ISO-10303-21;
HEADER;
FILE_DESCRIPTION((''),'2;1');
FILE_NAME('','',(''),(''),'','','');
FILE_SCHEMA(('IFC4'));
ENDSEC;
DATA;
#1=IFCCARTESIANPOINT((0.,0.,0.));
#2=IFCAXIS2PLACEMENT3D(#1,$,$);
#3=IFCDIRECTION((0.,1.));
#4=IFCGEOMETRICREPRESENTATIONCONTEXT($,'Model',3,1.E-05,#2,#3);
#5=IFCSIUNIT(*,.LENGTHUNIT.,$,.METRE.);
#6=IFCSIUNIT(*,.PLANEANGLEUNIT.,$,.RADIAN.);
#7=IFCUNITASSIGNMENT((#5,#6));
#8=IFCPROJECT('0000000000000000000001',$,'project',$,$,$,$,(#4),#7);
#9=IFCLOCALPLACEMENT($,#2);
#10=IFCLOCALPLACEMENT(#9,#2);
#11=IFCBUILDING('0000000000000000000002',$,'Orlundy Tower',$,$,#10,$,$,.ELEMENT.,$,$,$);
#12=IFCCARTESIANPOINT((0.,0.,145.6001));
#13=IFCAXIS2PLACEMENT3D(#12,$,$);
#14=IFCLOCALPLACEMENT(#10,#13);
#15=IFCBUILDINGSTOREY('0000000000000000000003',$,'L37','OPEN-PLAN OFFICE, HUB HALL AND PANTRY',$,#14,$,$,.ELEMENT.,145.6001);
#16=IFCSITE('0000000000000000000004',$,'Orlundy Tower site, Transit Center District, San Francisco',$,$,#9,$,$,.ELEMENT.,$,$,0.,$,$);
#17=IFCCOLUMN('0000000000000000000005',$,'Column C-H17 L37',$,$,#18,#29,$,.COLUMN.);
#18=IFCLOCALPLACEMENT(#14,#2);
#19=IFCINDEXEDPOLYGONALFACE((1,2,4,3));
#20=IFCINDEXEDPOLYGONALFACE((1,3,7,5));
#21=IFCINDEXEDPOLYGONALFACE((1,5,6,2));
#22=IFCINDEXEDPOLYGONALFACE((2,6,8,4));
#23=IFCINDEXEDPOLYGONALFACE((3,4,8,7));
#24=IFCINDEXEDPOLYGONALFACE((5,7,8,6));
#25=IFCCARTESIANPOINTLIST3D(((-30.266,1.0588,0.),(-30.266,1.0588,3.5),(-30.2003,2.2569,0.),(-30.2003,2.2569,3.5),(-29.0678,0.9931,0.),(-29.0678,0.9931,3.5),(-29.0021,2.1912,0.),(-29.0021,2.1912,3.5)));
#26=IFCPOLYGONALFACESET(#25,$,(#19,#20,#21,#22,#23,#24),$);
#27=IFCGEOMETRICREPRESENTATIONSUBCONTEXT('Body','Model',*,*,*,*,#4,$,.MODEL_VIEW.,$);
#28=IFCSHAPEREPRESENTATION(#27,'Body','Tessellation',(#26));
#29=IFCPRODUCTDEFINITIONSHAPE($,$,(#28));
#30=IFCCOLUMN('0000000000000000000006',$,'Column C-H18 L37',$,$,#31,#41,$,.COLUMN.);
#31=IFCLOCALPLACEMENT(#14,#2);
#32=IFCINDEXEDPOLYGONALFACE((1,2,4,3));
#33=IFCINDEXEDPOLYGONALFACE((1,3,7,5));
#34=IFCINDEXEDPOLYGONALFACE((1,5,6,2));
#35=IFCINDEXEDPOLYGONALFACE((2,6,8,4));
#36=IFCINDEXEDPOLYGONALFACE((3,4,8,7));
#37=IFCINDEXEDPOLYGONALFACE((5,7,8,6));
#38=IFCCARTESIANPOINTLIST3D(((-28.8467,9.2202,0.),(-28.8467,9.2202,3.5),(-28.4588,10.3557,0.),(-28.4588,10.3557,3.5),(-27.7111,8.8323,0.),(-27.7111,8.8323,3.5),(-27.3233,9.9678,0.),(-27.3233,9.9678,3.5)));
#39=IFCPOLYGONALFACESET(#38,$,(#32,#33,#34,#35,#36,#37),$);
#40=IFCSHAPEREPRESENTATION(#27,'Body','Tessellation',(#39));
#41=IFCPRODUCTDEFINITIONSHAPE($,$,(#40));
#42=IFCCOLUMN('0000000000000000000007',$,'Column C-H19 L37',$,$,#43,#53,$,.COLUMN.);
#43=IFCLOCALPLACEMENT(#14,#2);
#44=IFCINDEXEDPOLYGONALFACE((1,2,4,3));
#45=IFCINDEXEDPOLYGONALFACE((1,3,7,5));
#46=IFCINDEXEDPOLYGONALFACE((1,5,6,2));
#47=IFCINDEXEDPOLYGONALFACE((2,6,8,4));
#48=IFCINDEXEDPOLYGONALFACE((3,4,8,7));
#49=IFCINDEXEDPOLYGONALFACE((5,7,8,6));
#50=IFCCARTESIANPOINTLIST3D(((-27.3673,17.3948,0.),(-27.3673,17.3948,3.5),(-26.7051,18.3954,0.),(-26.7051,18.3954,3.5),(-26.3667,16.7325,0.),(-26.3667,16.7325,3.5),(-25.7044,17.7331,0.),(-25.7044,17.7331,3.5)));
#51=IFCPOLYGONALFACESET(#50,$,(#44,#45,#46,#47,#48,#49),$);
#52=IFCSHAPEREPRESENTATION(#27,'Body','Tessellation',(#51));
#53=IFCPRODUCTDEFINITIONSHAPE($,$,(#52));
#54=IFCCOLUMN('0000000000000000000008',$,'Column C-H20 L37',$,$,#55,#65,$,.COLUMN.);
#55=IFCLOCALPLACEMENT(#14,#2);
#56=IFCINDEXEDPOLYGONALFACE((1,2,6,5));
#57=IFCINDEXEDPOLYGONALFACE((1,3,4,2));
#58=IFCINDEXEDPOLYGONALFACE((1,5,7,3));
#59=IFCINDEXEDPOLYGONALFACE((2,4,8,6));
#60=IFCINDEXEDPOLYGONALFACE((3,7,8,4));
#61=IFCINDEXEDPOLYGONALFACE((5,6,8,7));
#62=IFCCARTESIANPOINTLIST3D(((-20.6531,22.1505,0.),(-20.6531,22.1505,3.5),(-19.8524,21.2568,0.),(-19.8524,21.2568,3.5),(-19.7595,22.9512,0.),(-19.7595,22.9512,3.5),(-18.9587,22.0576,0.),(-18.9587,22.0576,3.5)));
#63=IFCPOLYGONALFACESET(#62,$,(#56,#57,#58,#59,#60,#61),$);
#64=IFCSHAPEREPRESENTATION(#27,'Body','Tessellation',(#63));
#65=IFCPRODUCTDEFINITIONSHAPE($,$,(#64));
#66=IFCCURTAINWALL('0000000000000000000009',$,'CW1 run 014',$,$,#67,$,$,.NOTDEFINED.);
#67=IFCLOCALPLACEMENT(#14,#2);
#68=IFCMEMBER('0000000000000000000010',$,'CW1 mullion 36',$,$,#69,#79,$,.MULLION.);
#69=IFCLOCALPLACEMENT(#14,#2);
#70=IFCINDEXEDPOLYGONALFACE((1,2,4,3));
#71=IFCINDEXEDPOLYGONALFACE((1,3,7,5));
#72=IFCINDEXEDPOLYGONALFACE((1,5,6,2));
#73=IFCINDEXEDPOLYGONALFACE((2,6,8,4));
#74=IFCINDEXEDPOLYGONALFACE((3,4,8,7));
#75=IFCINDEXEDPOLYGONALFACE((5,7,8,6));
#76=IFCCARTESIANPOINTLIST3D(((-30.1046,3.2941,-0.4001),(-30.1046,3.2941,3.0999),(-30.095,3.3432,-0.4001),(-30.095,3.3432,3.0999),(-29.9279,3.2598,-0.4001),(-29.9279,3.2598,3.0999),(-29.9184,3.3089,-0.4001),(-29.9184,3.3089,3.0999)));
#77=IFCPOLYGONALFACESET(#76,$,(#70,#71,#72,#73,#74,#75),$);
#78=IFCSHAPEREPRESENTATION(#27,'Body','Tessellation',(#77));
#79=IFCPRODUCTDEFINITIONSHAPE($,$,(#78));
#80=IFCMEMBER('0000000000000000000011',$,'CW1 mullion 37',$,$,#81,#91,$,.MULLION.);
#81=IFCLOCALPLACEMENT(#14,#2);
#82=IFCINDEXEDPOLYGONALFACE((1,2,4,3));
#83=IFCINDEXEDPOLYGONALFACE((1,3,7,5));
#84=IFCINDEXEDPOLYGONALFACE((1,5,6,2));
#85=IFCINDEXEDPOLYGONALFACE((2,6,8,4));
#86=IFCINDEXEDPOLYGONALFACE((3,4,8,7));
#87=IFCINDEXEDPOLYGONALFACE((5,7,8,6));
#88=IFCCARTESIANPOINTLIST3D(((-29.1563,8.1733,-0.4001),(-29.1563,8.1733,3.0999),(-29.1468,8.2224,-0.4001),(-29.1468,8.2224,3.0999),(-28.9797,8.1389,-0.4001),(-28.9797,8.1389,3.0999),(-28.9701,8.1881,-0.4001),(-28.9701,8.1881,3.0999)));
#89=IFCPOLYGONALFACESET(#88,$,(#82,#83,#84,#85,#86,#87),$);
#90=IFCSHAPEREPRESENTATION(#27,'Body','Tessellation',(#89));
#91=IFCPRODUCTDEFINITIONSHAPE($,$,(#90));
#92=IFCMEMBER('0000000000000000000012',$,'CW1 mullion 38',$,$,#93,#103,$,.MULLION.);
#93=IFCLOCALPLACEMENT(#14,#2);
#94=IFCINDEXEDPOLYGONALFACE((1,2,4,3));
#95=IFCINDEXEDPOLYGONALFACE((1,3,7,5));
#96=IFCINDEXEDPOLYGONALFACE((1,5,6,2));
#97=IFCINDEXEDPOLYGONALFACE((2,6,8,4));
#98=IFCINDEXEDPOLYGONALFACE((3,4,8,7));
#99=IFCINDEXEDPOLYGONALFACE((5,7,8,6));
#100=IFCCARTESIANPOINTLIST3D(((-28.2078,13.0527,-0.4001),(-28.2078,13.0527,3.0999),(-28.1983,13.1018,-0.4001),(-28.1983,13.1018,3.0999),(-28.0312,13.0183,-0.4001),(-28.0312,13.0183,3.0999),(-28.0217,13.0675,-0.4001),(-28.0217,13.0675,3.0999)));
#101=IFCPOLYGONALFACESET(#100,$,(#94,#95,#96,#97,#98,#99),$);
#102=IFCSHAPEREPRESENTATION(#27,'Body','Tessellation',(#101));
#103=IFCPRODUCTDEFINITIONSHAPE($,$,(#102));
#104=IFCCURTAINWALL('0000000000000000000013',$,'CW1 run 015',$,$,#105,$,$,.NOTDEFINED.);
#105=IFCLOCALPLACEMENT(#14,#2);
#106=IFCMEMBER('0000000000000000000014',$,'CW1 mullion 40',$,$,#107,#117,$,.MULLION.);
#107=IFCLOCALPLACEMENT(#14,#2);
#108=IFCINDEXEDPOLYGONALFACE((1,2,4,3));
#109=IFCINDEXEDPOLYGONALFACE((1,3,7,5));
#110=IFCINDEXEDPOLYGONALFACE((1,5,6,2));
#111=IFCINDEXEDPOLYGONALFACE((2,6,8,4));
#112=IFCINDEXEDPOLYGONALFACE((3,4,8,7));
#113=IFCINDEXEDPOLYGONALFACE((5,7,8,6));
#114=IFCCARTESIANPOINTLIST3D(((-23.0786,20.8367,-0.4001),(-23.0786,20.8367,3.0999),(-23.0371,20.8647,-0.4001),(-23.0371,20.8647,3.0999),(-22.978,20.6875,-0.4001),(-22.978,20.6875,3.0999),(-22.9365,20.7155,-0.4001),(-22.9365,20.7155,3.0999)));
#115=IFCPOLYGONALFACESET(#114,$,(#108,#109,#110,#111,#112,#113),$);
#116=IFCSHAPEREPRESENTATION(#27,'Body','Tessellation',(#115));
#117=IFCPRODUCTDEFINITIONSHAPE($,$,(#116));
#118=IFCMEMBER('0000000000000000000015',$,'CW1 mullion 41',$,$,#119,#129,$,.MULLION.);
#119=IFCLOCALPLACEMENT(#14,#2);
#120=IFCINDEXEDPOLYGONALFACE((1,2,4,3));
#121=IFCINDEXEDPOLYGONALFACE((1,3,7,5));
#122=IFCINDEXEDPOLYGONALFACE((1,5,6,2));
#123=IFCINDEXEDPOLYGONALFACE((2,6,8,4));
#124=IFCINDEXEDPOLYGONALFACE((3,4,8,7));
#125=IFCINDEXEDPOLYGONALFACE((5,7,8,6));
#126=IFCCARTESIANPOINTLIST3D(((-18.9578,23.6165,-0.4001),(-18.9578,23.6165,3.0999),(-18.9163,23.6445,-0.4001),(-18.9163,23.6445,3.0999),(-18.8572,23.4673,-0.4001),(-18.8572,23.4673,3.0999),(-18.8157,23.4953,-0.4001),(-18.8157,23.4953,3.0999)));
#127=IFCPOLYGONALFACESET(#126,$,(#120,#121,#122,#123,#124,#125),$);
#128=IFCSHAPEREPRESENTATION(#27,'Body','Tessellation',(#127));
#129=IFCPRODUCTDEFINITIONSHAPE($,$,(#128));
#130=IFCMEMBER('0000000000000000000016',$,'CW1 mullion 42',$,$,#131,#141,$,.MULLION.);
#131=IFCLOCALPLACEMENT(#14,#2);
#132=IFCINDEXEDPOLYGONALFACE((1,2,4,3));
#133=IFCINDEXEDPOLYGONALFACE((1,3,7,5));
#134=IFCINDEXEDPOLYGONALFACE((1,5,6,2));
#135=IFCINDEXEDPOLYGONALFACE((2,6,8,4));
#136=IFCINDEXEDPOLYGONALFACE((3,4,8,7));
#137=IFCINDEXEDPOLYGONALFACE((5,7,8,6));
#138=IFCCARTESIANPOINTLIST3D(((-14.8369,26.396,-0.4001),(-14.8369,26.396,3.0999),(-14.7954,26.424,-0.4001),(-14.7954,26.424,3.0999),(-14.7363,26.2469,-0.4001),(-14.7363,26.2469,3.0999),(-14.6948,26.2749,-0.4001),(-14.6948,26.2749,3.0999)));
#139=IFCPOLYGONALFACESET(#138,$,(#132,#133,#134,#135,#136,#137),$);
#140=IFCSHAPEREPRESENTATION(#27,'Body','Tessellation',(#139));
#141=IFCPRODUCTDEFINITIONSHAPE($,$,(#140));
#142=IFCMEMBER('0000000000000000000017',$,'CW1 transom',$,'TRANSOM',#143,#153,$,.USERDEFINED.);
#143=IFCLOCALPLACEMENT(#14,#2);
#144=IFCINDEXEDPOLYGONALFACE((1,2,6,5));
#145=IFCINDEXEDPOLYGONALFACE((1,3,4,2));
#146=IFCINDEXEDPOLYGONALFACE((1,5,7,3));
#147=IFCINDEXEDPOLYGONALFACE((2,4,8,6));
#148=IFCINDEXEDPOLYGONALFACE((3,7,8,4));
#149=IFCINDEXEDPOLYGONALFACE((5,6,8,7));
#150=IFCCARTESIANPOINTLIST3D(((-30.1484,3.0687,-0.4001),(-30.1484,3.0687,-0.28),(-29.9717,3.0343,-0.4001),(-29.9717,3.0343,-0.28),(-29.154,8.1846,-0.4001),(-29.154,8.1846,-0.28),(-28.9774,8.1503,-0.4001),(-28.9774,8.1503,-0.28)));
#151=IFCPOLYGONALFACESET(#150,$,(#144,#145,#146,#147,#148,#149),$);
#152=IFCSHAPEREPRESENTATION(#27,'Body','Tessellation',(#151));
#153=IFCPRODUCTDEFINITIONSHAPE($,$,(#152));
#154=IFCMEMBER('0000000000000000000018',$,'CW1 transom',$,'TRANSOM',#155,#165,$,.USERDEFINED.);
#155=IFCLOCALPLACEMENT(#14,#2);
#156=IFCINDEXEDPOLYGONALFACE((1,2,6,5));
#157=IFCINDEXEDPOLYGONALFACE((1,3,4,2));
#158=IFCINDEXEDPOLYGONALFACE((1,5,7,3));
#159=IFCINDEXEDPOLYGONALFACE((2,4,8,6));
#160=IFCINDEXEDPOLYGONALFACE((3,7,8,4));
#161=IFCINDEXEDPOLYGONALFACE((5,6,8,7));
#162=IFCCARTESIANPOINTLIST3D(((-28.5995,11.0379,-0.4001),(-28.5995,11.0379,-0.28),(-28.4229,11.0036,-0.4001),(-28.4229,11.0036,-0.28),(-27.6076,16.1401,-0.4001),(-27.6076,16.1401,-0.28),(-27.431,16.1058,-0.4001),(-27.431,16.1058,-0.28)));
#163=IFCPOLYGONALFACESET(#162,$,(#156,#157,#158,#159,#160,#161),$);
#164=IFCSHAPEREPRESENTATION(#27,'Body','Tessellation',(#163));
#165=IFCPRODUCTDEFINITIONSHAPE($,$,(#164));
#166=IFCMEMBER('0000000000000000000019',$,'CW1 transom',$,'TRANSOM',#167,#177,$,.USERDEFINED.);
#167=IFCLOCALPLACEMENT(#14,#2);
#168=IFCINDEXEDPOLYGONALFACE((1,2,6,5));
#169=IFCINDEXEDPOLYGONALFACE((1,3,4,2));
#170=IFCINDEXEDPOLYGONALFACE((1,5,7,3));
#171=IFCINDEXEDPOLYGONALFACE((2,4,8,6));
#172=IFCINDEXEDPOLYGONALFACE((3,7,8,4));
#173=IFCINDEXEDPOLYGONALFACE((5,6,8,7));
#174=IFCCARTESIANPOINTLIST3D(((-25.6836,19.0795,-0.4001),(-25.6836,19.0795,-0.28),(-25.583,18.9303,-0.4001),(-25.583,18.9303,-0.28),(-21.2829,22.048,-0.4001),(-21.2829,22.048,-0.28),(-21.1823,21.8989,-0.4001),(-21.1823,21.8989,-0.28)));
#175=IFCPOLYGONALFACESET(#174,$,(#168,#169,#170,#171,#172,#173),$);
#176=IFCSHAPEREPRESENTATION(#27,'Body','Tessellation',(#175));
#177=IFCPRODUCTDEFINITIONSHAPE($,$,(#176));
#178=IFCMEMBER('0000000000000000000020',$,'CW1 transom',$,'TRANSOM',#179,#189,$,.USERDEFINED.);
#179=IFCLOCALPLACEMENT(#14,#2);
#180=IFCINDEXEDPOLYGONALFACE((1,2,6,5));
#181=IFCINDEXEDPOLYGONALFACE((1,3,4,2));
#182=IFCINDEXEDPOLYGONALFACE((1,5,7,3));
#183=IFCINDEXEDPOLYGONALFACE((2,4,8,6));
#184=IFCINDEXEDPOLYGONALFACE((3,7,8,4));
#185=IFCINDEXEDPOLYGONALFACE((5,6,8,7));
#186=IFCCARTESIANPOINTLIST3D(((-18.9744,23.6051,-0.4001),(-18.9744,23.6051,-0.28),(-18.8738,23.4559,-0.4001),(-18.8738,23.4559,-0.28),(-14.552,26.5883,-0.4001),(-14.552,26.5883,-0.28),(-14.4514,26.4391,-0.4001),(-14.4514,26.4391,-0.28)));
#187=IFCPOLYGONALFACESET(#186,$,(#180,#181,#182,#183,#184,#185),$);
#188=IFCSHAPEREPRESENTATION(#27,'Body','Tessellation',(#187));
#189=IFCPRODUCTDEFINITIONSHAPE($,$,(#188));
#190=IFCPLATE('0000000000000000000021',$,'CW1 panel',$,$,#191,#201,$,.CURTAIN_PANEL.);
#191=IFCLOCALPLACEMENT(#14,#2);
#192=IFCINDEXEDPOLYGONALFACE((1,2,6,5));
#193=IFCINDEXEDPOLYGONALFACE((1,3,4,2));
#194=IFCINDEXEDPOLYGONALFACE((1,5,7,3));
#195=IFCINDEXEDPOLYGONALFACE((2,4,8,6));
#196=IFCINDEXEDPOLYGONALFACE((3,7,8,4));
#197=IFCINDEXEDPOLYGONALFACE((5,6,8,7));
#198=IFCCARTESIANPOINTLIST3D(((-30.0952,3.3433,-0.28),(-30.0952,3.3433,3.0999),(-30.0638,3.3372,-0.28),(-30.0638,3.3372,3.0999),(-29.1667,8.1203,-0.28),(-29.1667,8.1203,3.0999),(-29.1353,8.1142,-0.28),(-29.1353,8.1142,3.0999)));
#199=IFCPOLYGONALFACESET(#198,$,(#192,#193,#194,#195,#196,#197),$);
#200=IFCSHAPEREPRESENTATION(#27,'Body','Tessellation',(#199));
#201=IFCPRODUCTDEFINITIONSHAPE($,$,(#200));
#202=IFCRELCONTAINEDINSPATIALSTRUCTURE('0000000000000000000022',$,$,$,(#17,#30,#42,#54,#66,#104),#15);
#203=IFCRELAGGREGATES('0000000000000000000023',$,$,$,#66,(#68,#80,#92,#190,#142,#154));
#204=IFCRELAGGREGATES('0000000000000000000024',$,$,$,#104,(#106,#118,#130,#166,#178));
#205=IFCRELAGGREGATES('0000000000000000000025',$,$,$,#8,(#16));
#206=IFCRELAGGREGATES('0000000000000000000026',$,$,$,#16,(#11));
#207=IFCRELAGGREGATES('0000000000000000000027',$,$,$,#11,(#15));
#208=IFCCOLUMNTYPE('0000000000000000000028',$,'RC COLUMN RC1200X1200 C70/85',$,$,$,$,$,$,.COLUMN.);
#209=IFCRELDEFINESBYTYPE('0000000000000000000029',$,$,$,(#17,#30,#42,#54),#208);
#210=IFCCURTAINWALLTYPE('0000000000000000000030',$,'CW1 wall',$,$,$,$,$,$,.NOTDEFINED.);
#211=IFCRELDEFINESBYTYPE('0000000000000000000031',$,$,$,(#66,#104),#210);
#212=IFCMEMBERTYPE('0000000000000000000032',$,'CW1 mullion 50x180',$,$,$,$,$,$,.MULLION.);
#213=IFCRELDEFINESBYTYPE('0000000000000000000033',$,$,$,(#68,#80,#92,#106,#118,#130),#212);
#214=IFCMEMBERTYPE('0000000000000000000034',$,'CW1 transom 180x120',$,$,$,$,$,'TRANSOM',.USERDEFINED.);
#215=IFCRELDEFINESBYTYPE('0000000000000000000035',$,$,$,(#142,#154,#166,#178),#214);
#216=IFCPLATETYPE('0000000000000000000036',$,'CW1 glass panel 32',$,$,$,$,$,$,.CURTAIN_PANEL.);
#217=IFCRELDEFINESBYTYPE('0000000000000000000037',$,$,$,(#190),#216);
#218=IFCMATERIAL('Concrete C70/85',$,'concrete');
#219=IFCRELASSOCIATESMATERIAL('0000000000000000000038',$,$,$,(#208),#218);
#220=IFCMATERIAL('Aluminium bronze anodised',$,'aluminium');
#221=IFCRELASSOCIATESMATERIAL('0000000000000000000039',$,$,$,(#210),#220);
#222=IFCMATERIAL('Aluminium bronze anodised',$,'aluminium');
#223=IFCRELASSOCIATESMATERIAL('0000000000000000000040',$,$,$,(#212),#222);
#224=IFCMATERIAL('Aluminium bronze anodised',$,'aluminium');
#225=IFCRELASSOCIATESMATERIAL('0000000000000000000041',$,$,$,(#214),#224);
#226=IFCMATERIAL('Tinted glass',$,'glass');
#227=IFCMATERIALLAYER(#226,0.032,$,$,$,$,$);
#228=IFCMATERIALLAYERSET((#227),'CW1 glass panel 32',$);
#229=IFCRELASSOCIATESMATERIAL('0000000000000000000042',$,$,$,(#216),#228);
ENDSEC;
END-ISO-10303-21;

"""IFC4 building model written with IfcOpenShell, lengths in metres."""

from ifc_helpers import new_model, si_unit, direction, frame, origin, origin_2d, place, context, subcontext, project, spatial, rectangle, extrude, material, layer, layer_set, material_profile, profile_set, type_object, element, aggregate, save


model = new_model("IFC4")

# Units and contexts
model_context = context("Model", 3, precision=1e-05, world=origin(), true_north=direction((0.0, 1.0)))
body_context = subcontext(model_context, "Body", "Model", "MODEL_VIEW")
ifc_project = project(units=[si_unit("LENGTHUNIT", "METRE"), si_unit("PLANEANGLEUNIT", "RADIAN")], contexts=[model_context])

# Site, building, storey
site_placement = place(None, origin())
site = spatial("IfcSite", under=ifc_project, at=site_placement, Name="Orlundy Tower site, Transit Center District, San Francisco", CompositionType="ELEMENT", RefElevation=0.0)
building_placement = place(site_placement, origin())
building = spatial("IfcBuilding", under=site, at=building_placement, Name="Orlundy Tower", CompositionType="ELEMENT")
storey_placement = place(building_placement, frame((0.0, 0.0, 145.6001)))
storey = spatial("IfcBuildingStorey", under=building, at=storey_placement, Name="L37", Description="OPEN-PLAN OFFICE, HUB HALL AND PANTRY", CompositionType="ELEMENT", Elevation=145.6001)

# Columns
ifc_material_1 = material(Name="Concrete C70/85", Category="concrete")
ifc_material_profile_1 = material_profile(ifc_material_1, rectangle(XDim=1.2, YDim=1.2, at=origin_2d()), Name="RC1200X1200")
ifc_profile_set_1 = profile_set([ifc_material_profile_1], Name="Concrete C70/85")
column_type = type_object("IfcColumnType", Name="RC COLUMN RC1200X1200 C70/85", PredefinedType="COLUMN", material=ifc_profile_set_1)
for number, where, z_axis, x_axis, name in (
    (1, (-29.634, 1.625, 0.0), (0.0, 0.0, 1.0), (-0.9985, 0.054758, 0.0), "Column C-H17 L37"),
    (2, (-28.085, 9.594, 0.0), (0.0, 0.0, 1.0), (-0.946311, 0.323257, 0.0), "Column C-H18 L37"),
    (3, (-26.5359, 17.564, 0.0), (0.0, 0.0, 1.0), (-0.833886, 0.551937, 0.0), "Column C-H19 L37"),
    (4, (-19.8059, 22.104, 0.0), (0.0, 0.0, 1.0), (-0.667339, 0.744754, 0.0), "Column C-H20 L37"),
):
    element("IfcColumn", number, at=place(storey_placement, frame(where, z_axis=z_axis, x_axis=x_axis)), inside=storey, type_object=column_type, Name=name, PredefinedType="COLUMN", context=body_context, shape_type="SweptSolid", body=[
        extrude(rectangle(XDim=1.2, YDim=1.2, at=origin_2d()), origin(), (0.0, 0.0, 1.0), 3.5),
    ])

# Curtain walls, members
ifc_material_2 = material(Name="Aluminium bronze anodised", Category="aluminium")
curtain_wall_type = type_object("IfcCurtainWallType", Name="CW1 wall", PredefinedType="NOTDEFINED", material=ifc_material_2)
curtain_wall_1_placement = place(storey_placement, origin())
curtain_wall_1 = element("IfcCurtainWall", 5, at=curtain_wall_1_placement, inside=storey, type_object=curtain_wall_type, Name="CW1 run 014", PredefinedType="NOTDEFINED")
ifc_material_3 = material(Name="Aluminium bronze anodised", Category="aluminium")
ifc_material_profile_2 = material_profile(ifc_material_3, rectangle(XDim=0.1799, YDim=0.05, at=origin_2d()), Name="CW1 mullion 50x180")
ifc_profile_set_2 = profile_set([ifc_material_profile_2], Name="Aluminium bronze anodised")
member_type_1 = type_object("IfcMemberType", Name="CW1 mullion 50x180", PredefinedType="MULLION", material=ifc_profile_set_2)
member_1_placement = place(storey_placement, frame((-30.0115, 3.3015, -0.4001), z_axis=(0.0, 0.0, 1.0), x_axis=(-0.981628, 0.190805, 0.0)))
member_1 = element("IfcMember", 6, at=member_1_placement, type_object=member_type_1, Name="CW1 mullion 36", PredefinedType="MULLION", context=body_context, shape_type="SweptSolid", body=[
    extrude(rectangle(XDim=0.1799, YDim=0.05, at=origin_2d()), origin(), (0.0, 0.0, 1.0), 3.5),
])
member_2_placement = place(storey_placement, frame((-29.0632, 8.1807, -0.4001), z_axis=(0.0, 0.0, 1.0), x_axis=(-0.981628, 0.190805, 0.0)))
member_2 = element("IfcMember", 7, at=member_2_placement, type_object=member_type_1, Name="CW1 mullion 37", PredefinedType="MULLION", context=body_context, shape_type="SweptSolid", body=[
    extrude(rectangle(XDim=0.1799, YDim=0.05, at=origin_2d()), origin(), (0.0, 0.0, 1.0), 3.5),
])
member_3_placement = place(storey_placement, frame((-28.1147, 13.0601, -0.4001), z_axis=(0.0, 0.0, 1.0), x_axis=(-0.981628, 0.190805, 0.0)))
member_3 = element("IfcMember", 8, at=member_3_placement, type_object=member_type_1, Name="CW1 mullion 38", PredefinedType="MULLION", context=body_context, shape_type="SweptSolid", body=[
    extrude(rectangle(XDim=0.1799, YDim=0.05, at=origin_2d()), origin(), (0.0, 0.0, 1.0), 3.5),
])
curtain_wall_2_placement = place(storey_placement, origin())
curtain_wall_2 = element("IfcCurtainWall", 9, at=curtain_wall_2_placement, inside=storey, type_object=curtain_wall_type, Name="CW1 run 015", PredefinedType="NOTDEFINED")
member_4_placement = place(storey_placement, frame((-23.0076, 20.7761, -0.4001), z_axis=(0.0, 0.0, 1.0), x_axis=(-0.559205, 0.82903, 0.0)))
member_4 = element("IfcMember", 10, at=member_4_placement, type_object=member_type_1, Name="CW1 mullion 40", PredefinedType="MULLION", context=body_context, shape_type="SweptSolid", body=[
    extrude(rectangle(XDim=0.1799, YDim=0.05, at=origin_2d()), origin(), (0.0, 0.0, 1.0), 3.5),
])
member_5_placement = place(storey_placement, frame((-18.8867, 23.5559, -0.4001), z_axis=(0.0, 0.0, 1.0), x_axis=(-0.559205, 0.82903, 0.0)))
member_5 = element("IfcMember", 11, at=member_5_placement, type_object=member_type_1, Name="CW1 mullion 41", PredefinedType="MULLION", context=body_context, shape_type="SweptSolid", body=[
    extrude(rectangle(XDim=0.1799, YDim=0.05, at=origin_2d()), origin(), (0.0, 0.0, 1.0), 3.5),
])
member_6_placement = place(storey_placement, frame((-14.7659, 26.3354, -0.4001), z_axis=(0.0, 0.0, 1.0), x_axis=(-0.559205, 0.82903, 0.0)))
member_6 = element("IfcMember", 12, at=member_6_placement, type_object=member_type_1, Name="CW1 mullion 42", PredefinedType="MULLION", context=body_context, shape_type="SweptSolid", body=[
    extrude(rectangle(XDim=0.1799, YDim=0.05, at=origin_2d()), origin(), (0.0, 0.0, 1.0), 3.5),
])

# Members
ifc_material_4 = material(Name="Aluminium bronze anodised", Category="aluminium")
ifc_material_profile_3 = material_profile(ifc_material_4, rectangle(XDim=0.1799, YDim=0.1201, at=origin_2d()), Name="CW1 transom 180x120")
ifc_profile_set_3 = profile_set([ifc_material_profile_3], Name="Aluminium bronze anodised")
member_type_2 = type_object("IfcMemberType", Name="CW1 transom 180x120", ElementType="TRANSOM", PredefinedType="USERDEFINED", material=ifc_profile_set_3)
member_7_placement = place(storey_placement, frame((-30.0601, 3.0515, -0.3401), z_axis=(0.190798, 0.981629, 0.0), x_axis=(-0.981629, 0.190798, 0.0)))
member_7 = element("IfcMember", 13, at=member_7_placement, type_object=member_type_2, Name="CW1 transom", ObjectType="TRANSOM", PredefinedType="USERDEFINED", context=body_context, shape_type="SweptSolid", body=[
    extrude(rectangle(XDim=0.1799, YDim=0.1201, at=origin_2d()), origin(), (0.0, 0.0, 1.0), 5.2117),
])
member_8_placement = place(storey_placement, frame((-28.5112, 11.0208, -0.3401), z_axis=(0.190838, 0.981622, 0.0), x_axis=(-0.981622, 0.190838, 0.0)))
member_8 = element("IfcMember", 14, at=member_8_placement, type_object=member_type_2, Name="CW1 transom", ObjectType="TRANSOM", PredefinedType="USERDEFINED", context=body_context, shape_type="SweptSolid", body=[
    extrude(rectangle(XDim=0.1799, YDim=0.1201, at=origin_2d()), origin(), (0.0, 0.0, 1.0), 5.1978),
])
member_9_placement = place(storey_placement, frame((-25.6333, 19.0049, -0.3401), z_axis=(0.829017, 0.559224, 0.0), x_axis=(-0.559224, 0.829017, 0.0)))
member_9 = element("IfcMember", 15, at=member_9_placement, type_object=member_type_2, Name="CW1 transom", ObjectType="TRANSOM", PredefinedType="USERDEFINED", context=body_context, shape_type="SweptSolid", body=[
    extrude(rectangle(XDim=0.1799, YDim=0.1201, at=origin_2d()), origin(), (0.0, 0.0, 1.0), 5.3083),
])
member_10_placement = place(storey_placement, frame((-18.9241, 23.5305, -0.3401), z_axis=(0.829017, 0.559223, 0.0), x_axis=(-0.559223, 0.829017, 0.0)))
member_10 = element("IfcMember", 16, at=member_10_placement, type_object=member_type_2, Name="CW1 transom", ObjectType="TRANSOM", PredefinedType="USERDEFINED", context=body_context, shape_type="SweptSolid", body=[
    extrude(rectangle(XDim=0.1799, YDim=0.1201, at=origin_2d()), origin(), (0.0, 0.0, 1.0), 5.3345),
])

# Plate
ifc_material_5 = material(Name="Tinted glass", Category="glass")
ifc_layer_1 = layer(ifc_material_5, 0.032)
ifc_layer_set_1 = layer_set([ifc_layer_1], Name="CW1 glass panel 32")
plate_type = type_object("IfcPlateType", Name="CW1 glass panel 32", PredefinedType="CURTAIN_PANEL", material=ifc_layer_set_1)
plate_1_placement = place(storey_placement, frame((-29.6152, 5.7288, -0.28), z_axis=(0.0, 0.0, 1.0), x_axis=(0.190805, 0.981628, 0.0)))
plate_1 = element("IfcPlate", 17, at=plate_1_placement, type_object=plate_type, Name="CW1 panel", PredefinedType="CURTAIN_PANEL", context=body_context, shape_type="SweptSolid", body=[
    extrude(rectangle(XDim=4.8665, YDim=0.032, at=origin_2d()), origin(), (0.0, 0.0, 1.0), 3.3799),
])
aggregate(curtain_wall_1, [member_1, member_2, member_3, plate_1, member_7, member_8])
aggregate(curtain_wall_2, [member_4, member_5, member_6, member_9, member_10])

save(model, "model.ifc")
